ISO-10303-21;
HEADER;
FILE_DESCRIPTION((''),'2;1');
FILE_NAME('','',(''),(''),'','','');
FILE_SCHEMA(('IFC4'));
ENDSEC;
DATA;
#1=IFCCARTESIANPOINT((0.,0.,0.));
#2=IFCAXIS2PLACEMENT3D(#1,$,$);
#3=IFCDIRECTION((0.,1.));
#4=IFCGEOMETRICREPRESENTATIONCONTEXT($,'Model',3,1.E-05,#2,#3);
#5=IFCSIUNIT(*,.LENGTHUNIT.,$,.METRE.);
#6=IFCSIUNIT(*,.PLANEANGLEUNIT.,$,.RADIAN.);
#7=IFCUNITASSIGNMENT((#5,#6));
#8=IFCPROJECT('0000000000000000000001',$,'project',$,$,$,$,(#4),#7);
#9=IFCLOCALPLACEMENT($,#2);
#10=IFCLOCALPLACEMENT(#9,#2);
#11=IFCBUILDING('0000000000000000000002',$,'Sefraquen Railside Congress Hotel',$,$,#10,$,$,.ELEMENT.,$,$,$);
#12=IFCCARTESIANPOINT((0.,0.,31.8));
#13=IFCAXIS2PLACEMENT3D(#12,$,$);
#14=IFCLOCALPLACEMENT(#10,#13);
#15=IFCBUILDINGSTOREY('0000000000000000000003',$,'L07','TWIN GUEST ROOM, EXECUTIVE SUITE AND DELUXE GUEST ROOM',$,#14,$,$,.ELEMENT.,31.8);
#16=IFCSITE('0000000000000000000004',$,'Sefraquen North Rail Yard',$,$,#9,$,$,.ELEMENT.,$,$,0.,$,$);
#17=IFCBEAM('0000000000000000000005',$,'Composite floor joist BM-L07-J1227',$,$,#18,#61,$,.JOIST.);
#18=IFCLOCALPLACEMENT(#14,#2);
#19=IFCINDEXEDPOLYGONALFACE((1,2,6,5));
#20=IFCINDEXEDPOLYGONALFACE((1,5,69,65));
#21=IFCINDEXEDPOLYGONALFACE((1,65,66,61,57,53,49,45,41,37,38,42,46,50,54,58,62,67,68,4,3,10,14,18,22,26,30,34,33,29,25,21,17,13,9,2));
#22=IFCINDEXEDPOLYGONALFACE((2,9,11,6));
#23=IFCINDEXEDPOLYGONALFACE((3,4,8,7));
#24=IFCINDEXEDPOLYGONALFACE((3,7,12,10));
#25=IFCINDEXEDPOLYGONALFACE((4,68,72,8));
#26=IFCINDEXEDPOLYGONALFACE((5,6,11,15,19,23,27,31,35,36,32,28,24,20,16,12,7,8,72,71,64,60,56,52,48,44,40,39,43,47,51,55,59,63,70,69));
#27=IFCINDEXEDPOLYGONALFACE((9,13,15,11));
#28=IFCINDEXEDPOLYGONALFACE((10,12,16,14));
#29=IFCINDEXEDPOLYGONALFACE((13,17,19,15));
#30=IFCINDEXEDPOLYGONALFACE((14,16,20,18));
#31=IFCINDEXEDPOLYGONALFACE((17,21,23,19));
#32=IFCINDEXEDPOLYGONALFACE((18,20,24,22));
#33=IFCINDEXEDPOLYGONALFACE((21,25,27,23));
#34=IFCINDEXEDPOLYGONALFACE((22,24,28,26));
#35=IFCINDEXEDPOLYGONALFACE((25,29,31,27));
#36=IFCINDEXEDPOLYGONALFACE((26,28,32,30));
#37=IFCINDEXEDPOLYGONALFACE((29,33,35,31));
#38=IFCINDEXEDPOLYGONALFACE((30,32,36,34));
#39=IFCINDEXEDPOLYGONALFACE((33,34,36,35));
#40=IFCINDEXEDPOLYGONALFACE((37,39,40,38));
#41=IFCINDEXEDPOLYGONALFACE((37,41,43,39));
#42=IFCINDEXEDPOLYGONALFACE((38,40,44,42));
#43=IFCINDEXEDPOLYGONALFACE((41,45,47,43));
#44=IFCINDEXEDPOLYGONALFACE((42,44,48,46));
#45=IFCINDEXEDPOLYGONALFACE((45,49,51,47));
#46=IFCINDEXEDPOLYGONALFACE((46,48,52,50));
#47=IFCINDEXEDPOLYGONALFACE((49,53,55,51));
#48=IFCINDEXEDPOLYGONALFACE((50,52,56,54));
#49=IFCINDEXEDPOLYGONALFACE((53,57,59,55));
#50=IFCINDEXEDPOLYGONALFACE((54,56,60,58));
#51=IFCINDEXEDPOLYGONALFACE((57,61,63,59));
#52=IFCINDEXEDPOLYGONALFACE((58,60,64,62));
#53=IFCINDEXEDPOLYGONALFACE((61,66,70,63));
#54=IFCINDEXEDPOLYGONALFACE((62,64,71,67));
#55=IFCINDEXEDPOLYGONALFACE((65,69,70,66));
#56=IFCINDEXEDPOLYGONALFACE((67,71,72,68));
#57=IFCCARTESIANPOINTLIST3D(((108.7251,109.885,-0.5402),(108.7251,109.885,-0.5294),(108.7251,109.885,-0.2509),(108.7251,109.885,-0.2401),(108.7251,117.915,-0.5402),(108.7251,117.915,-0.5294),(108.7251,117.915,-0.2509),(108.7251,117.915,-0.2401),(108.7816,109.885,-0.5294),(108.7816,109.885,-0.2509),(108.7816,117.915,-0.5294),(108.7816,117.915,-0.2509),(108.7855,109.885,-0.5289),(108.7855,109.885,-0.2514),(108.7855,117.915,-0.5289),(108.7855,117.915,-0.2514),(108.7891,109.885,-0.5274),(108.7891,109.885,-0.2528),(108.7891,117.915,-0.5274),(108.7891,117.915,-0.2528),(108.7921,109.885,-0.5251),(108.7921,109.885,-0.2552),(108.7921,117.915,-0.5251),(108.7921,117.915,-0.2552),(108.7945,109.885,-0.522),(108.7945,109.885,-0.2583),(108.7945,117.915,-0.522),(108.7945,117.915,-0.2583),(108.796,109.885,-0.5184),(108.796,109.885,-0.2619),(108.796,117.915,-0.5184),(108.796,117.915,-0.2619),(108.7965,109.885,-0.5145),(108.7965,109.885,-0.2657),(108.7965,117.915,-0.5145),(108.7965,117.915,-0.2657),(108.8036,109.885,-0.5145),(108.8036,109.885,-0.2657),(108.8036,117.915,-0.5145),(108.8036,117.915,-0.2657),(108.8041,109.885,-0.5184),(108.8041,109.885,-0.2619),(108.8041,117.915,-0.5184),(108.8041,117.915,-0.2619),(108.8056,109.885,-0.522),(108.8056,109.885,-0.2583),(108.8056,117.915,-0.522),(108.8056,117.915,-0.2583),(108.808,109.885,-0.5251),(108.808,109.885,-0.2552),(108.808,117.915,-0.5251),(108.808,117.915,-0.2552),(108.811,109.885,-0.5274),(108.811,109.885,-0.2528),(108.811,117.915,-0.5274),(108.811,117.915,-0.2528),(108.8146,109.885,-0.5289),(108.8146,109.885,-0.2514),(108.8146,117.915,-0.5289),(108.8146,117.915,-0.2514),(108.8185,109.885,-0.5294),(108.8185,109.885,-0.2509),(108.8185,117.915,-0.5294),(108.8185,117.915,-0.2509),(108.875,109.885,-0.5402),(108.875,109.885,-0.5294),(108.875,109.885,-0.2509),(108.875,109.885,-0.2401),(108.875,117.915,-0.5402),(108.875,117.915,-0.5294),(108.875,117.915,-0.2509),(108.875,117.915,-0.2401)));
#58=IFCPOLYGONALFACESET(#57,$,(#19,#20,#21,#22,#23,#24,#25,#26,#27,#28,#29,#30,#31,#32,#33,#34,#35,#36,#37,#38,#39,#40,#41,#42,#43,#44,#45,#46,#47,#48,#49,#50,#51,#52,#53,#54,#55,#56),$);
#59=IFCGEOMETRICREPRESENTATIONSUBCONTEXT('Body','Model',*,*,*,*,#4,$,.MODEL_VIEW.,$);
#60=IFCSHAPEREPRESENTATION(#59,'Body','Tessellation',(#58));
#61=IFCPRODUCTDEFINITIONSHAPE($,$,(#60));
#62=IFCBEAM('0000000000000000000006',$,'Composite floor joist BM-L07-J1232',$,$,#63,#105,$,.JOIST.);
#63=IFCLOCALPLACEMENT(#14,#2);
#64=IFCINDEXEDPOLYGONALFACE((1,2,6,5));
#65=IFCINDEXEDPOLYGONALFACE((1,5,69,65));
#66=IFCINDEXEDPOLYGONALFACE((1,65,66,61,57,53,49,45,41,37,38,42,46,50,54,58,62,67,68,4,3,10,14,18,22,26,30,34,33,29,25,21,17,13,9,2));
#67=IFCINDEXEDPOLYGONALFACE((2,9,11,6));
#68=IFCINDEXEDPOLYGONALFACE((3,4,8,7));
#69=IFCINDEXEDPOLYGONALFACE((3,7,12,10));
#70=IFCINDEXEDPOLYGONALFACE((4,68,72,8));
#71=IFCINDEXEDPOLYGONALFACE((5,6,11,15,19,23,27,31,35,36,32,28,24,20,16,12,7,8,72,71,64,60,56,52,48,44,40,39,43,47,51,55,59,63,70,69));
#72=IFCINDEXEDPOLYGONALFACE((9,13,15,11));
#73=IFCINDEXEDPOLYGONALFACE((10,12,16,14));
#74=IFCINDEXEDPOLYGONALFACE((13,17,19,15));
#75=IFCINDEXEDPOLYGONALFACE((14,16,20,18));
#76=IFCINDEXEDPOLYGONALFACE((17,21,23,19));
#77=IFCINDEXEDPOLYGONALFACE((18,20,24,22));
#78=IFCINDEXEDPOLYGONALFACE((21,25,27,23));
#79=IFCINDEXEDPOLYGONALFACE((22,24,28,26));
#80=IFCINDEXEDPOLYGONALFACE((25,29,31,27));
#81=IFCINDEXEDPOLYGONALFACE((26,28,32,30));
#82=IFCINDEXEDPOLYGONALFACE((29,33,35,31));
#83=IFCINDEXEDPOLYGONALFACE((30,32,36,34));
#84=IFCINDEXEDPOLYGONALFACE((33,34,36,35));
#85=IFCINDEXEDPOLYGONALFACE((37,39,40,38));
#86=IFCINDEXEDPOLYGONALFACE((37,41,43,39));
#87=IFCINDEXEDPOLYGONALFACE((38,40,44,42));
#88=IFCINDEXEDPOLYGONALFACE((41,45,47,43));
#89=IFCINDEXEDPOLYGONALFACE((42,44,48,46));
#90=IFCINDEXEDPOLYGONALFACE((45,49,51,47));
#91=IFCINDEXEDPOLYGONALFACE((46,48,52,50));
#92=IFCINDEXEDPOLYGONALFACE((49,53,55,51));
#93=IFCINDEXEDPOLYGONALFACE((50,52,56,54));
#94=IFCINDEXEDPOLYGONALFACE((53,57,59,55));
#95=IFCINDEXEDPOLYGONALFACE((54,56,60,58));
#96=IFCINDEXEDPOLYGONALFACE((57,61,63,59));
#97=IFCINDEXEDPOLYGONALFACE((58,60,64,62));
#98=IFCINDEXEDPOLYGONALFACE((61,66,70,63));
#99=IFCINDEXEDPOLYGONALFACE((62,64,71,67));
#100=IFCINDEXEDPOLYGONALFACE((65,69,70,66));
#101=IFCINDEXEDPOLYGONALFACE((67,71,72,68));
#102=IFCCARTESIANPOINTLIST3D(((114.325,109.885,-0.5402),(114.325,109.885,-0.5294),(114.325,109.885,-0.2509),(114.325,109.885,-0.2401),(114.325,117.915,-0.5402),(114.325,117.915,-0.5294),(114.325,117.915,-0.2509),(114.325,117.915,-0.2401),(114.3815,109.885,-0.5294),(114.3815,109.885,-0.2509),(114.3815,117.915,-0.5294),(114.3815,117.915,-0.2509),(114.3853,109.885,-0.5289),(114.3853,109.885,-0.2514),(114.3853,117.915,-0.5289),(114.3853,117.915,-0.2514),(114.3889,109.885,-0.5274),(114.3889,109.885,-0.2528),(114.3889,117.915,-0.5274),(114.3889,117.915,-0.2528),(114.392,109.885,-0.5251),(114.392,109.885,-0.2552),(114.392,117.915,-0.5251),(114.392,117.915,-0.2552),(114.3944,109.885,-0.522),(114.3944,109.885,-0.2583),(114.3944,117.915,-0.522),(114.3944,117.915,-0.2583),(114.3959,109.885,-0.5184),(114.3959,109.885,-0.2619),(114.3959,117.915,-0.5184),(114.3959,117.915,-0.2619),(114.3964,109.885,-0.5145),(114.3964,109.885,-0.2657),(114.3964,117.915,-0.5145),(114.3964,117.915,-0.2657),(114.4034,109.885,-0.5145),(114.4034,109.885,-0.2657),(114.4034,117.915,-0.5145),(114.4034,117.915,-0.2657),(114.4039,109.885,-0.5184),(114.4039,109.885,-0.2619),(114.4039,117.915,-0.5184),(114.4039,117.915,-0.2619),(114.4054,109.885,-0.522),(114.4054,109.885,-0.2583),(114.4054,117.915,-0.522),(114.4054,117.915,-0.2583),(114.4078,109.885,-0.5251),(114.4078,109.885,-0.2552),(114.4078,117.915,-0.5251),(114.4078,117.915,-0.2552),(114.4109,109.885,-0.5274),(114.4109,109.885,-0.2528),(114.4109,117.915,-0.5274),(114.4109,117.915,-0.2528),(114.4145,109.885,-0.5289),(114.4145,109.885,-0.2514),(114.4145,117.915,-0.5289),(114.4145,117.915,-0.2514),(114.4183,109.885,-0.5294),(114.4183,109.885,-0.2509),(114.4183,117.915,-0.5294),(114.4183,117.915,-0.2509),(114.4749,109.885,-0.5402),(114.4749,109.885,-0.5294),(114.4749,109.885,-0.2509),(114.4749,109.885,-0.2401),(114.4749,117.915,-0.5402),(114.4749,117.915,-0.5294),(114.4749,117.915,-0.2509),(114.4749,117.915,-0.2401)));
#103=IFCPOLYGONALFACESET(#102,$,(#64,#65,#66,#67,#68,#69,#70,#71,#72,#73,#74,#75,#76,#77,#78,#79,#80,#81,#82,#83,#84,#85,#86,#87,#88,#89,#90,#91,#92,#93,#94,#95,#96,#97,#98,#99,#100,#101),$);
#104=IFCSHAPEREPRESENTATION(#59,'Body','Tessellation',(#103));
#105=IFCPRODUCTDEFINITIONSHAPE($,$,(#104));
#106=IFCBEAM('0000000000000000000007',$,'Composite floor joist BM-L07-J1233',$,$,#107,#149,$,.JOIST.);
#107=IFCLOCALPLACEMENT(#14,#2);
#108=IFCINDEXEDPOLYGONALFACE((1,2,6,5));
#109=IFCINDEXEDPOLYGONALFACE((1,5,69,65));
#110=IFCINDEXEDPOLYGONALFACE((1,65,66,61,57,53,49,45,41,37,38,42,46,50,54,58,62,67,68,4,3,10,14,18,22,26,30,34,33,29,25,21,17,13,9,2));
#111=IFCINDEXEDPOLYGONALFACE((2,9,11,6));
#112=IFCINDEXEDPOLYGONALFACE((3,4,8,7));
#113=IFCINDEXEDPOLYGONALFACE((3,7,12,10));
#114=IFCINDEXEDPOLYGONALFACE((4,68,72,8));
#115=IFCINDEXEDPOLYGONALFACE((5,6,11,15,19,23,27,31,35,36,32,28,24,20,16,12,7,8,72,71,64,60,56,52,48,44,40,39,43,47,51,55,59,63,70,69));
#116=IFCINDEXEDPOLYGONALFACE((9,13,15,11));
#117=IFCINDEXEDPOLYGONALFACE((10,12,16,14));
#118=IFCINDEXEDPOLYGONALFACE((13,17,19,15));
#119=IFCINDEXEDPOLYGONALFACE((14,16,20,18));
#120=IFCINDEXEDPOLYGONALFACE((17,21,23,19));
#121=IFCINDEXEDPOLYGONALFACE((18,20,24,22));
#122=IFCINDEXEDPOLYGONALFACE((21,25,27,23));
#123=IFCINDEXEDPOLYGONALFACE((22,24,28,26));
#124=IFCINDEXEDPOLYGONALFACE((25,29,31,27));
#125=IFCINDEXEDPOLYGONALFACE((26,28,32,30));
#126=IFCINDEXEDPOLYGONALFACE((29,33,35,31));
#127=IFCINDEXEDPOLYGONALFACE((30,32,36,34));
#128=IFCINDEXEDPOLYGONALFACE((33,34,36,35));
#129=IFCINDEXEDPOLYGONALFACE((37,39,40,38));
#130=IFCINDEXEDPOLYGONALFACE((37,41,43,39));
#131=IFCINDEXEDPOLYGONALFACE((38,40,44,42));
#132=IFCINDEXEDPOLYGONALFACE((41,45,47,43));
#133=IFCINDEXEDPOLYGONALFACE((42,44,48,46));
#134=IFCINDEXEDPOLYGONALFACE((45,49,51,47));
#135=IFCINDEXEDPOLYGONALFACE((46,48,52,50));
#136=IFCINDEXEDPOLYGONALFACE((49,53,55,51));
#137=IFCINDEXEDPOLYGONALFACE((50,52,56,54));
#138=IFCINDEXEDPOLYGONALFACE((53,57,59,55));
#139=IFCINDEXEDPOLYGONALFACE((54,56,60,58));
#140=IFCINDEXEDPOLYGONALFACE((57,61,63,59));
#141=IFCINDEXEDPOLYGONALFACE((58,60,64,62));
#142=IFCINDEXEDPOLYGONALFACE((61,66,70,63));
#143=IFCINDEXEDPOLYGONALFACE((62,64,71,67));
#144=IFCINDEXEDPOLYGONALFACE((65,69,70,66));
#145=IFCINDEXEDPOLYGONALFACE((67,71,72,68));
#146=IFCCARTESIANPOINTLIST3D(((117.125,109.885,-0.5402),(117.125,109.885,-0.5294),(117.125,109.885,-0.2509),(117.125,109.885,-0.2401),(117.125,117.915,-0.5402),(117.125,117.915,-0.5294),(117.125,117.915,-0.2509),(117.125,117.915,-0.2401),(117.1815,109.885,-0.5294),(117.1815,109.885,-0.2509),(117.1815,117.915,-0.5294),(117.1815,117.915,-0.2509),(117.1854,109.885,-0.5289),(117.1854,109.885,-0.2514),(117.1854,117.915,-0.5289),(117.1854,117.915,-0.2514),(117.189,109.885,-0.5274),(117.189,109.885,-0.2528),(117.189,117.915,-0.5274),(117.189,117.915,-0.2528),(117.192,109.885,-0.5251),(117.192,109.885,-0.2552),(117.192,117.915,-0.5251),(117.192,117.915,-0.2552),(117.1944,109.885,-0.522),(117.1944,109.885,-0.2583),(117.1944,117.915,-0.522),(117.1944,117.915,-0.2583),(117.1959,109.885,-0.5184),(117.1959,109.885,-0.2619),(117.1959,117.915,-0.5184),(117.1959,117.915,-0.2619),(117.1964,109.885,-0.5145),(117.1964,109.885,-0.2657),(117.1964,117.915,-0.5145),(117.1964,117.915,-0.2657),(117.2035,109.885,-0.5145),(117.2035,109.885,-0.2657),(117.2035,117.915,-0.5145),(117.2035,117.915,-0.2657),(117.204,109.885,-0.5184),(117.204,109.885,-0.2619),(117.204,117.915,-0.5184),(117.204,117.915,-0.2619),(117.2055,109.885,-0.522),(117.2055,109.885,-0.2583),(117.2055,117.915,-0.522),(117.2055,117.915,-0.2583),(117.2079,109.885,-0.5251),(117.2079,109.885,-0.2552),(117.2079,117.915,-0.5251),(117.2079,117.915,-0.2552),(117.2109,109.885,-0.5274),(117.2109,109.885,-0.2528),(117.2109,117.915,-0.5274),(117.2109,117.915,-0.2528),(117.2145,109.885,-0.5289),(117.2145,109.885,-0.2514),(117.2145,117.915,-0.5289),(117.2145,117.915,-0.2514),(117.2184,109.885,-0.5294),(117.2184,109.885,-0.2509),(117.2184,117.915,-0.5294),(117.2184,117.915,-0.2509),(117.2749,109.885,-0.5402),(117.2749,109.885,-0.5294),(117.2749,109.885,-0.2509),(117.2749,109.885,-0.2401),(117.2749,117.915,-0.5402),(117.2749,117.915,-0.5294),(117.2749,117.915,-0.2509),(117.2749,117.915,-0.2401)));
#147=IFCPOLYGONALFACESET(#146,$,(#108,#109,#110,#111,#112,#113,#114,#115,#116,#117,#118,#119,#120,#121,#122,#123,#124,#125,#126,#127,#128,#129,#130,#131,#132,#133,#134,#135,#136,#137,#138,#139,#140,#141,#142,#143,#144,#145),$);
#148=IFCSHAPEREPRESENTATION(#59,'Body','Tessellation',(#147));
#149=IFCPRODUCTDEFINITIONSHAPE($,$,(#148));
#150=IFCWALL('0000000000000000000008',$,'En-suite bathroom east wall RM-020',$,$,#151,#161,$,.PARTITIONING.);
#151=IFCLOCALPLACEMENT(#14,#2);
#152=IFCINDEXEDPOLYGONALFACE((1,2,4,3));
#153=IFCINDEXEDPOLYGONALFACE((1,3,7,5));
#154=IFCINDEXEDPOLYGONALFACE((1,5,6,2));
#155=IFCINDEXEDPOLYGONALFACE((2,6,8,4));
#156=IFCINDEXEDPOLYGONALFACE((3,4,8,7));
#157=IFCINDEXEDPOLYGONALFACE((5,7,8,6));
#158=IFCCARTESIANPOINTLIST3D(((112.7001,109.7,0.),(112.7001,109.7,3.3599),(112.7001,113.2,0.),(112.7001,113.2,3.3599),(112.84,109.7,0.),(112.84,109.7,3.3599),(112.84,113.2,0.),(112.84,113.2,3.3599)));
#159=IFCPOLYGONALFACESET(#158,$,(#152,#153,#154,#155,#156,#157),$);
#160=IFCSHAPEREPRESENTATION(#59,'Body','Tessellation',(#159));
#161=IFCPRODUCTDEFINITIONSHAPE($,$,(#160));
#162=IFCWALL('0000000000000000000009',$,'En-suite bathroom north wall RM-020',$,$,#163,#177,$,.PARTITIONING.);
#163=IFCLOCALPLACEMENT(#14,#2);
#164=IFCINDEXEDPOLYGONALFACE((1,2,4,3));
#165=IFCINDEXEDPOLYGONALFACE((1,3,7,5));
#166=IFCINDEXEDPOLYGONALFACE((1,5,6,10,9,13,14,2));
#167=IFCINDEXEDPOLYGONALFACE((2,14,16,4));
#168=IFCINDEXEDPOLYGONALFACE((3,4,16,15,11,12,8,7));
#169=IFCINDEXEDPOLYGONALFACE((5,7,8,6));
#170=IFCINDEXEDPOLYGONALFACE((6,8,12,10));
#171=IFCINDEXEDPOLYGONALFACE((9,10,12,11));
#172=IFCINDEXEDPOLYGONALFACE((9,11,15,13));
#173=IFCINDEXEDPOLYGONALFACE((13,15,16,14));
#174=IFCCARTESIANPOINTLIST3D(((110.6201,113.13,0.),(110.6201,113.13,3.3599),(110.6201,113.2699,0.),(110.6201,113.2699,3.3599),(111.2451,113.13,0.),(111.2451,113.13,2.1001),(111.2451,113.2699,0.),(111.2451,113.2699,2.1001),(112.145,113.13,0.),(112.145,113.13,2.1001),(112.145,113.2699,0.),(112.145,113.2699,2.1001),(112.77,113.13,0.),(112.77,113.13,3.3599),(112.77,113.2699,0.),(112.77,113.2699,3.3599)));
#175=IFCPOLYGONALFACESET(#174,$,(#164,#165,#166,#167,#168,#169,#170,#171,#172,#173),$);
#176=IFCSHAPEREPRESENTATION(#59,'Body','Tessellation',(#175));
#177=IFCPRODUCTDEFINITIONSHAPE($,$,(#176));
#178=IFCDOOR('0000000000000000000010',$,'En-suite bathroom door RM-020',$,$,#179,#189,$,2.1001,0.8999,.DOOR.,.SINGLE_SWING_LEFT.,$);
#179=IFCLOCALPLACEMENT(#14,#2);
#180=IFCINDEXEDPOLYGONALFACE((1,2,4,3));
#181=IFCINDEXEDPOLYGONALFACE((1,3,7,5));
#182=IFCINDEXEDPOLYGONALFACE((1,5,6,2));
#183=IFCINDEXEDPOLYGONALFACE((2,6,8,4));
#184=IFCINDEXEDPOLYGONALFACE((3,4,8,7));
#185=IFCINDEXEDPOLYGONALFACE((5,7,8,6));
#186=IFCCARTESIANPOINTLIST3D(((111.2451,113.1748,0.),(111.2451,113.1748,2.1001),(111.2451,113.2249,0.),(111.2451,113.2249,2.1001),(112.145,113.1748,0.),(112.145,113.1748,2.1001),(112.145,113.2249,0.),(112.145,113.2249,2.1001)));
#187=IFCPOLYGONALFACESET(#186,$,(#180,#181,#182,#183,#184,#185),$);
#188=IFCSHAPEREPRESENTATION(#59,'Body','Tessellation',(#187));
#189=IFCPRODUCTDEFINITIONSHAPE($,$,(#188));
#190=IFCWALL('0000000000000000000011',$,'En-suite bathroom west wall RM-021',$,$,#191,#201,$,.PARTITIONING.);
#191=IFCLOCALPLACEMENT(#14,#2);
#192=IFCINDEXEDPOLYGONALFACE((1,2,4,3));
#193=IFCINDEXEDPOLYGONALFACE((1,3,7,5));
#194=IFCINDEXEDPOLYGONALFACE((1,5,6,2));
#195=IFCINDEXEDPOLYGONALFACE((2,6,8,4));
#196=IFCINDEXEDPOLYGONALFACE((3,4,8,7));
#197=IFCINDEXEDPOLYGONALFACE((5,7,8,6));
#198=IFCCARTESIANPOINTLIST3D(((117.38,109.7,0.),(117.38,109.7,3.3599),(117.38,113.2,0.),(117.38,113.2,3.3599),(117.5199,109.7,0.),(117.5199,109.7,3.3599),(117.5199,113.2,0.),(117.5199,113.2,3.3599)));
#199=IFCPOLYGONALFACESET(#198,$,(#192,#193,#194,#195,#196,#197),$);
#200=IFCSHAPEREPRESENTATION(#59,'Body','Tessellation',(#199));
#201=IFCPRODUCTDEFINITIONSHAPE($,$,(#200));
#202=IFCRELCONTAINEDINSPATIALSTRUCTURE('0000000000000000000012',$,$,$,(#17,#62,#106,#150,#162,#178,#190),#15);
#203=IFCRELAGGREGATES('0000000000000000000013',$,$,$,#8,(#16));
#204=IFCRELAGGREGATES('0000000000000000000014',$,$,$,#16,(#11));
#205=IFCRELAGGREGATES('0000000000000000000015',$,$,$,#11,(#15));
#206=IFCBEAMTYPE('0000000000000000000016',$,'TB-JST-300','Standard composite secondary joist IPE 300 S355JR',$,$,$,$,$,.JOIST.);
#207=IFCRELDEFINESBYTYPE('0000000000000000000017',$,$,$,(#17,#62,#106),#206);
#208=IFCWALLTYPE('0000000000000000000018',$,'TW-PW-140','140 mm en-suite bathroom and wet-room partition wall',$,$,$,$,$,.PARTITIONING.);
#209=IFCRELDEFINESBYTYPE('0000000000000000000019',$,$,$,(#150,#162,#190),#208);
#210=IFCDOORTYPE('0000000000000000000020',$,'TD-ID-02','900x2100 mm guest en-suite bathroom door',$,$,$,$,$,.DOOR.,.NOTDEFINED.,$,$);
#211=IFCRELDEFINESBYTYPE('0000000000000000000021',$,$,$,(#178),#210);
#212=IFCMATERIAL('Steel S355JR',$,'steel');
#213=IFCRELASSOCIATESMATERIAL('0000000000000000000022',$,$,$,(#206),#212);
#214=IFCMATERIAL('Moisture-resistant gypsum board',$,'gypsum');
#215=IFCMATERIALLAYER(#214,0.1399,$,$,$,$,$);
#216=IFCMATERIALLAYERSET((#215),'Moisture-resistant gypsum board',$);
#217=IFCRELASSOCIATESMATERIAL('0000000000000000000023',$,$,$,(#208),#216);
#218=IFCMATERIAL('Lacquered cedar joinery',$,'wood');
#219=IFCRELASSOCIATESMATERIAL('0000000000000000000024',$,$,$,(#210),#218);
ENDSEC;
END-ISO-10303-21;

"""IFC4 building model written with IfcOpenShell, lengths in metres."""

from ifc_helpers import new_model, si_unit, direction, frame, frame_2d, origin, origin_2d, place, context, subcontext, project, spatial, rectangle, i_section, extrude, material, layer, layer_set, material_profile, profile_set, type_object, element, fill, save


model = new_model("IFC4")

# Units and contexts
model_context = context("Model", 3, precision=1e-05, world=origin(), true_north=direction((0.0, 1.0)))
body_context = subcontext(model_context, "Body", "Model", "MODEL_VIEW")
ifc_project = project(units=[si_unit("LENGTHUNIT", "METRE"), si_unit("PLANEANGLEUNIT", "RADIAN")], contexts=[model_context])

# Site, building, storey
site_placement = place(None, origin())
site = spatial("IfcSite", under=ifc_project, at=site_placement, Name="Sefraquen North Rail Yard", CompositionType="ELEMENT", RefElevation=0.0)
building_placement = place(site_placement, origin())
building = spatial("IfcBuilding", under=site, at=building_placement, Name="Sefraquen Railside Congress Hotel", CompositionType="ELEMENT")
storey_placement = place(building_placement, frame((0.0, 0.0, 31.8)))
storey = spatial("IfcBuildingStorey", under=building, at=storey_placement, Name="L07", Description="TWIN GUEST ROOM, EXECUTIVE SUITE AND DELUXE GUEST ROOM", CompositionType="ELEMENT", Elevation=31.8)

# Shared definitions
ifc_material_1 = material(Name="Steel S355JR", Category="steel")

# Beams
ifc_material_profile_1 = material_profile(ifc_material_1, i_section(OverallWidth=0.1499, OverallDepth=0.3, WebThickness=0.0071, FlangeThickness=0.0107, FilletRadius=0.0149, at=origin_2d()), Name="IPE 300")
ifc_profile_set_1 = profile_set([ifc_material_profile_1], Name="Steel S355JR")
beam_type_1 = type_object("IfcBeamType", Name="TB-JST-300", Description="Standard composite secondary joist IPE 300 S355JR", PredefinedType="JOIST", material=ifc_profile_set_1)
for number, where, z_axis, x_axis, name in (
    (1, (108.8, 109.885, -0.3901), (0.0, 1.0, 0.0), (-1.0, 0.0, 0.0), "Composite floor joist BM-L07-J1227"),
    (2, (114.3999, 109.885, -0.3901), (0.0, 1.0, 0.0), (-1.0, 0.0, 0.0), "Composite floor joist BM-L07-J1232"),
    (3, (117.2, 109.885, -0.3901), (0.0, 1.0, 0.0), (-1.0, 0.0, 0.0), "Composite floor joist BM-L07-J1233"),
):
    element("IfcBeam", number, at=place(storey_placement, frame(where, z_axis=z_axis, x_axis=x_axis)), inside=storey, type_object=beam_type_1, Name=name, PredefinedType="JOIST", context=body_context, shape_type="SweptSolid", body=[
        extrude(i_section(OverallWidth=0.1499, OverallDepth=0.3, WebThickness=0.0071, FlangeThickness=0.0107, FilletRadius=0.0149, at=origin_2d()), origin(), (0.0, 0.0, 1.0), 8.03),
    ])

# Wall
ifc_material_2 = material(Name="Moisture-resistant gypsum board", Category="gypsum")
ifc_layer_1 = layer(ifc_material_2, 0.1399)
ifc_layer_set_1 = layer_set([ifc_layer_1], Name="Moisture-resistant gypsum board")
wall_type_1 = type_object("IfcWallType", Name="TW-PW-140", Description="140 mm en-suite bathroom and wet-room partition wall", PredefinedType="PARTITIONING", material=ifc_layer_set_1)
wall_1_placement = place(storey_placement, frame((112.77, 109.7, 0.0), z_axis=(0.0, 0.0, 1.0), x_axis=(0.0, 1.0, 0.0)))
element("IfcWall", 4, at=wall_1_placement, inside=storey, type_object=wall_type_1, Name="En-suite bathroom east wall RM-020", PredefinedType="PARTITIONING", context=body_context, shape_type="SweptSolid", body=[
    extrude(rectangle(XDim=3.5, YDim=0.1399, at=frame_2d((1.75, 0.0))), origin(), (0.0, 0.0, 1.0), 3.3599),
])

# Wall, opening, door
wall_2_placement = place(storey_placement, frame((110.6201, 113.2, 0.0), z_axis=(0.0, 0.0, 1.0), x_axis=(1.0, 0.0, 0.0)))
wall_2 = element("IfcWall", 5, at=wall_2_placement, inside=storey, type_object=wall_type_1, Name="En-suite bathroom north wall RM-020", PredefinedType="PARTITIONING", context=body_context, shape_type="SweptSolid", body=[
    extrude(rectangle(XDim=2.1499, YDim=0.1399, at=frame_2d((1.075, 0.0))), origin(), (0.0, 0.0, 1.0), 3.3599),
])
opening_1_placement = place(wall_2_placement, frame((0.625, 0.0, 0.0)))
opening_1 = element("IfcOpeningElement", 6, at=opening_1_placement, cuts=wall_2, PredefinedType="OPENING", context=body_context, shape_type="SweptSolid", body=[
    extrude(rectangle(XDim=0.8999, YDim=2.1001, at=frame_2d((0.45, 1.05))), frame((0.0, 0.0798, 0.0), z_axis=(0.0, -1.0, 0.0), x_axis=(1.0, 0.0, 0.0)), (0.0, 0.0, 1.0), 0.1599),
])
ifc_material_3 = material(Name="Lacquered cedar joinery", Category="wood")
door_type = type_object("IfcDoorType", Name="TD-ID-02", Description="900x2100 mm guest en-suite bathroom door", OperationType="NOTDEFINED", PredefinedType="DOOR", material=ifc_material_3)
door_1_placement = place(opening_1_placement, origin())
door_1 = element("IfcDoor", 7, at=door_1_placement, inside=storey, type_object=door_type, Name="En-suite bathroom door RM-020", OperationType="SINGLE_SWING_LEFT", OverallHeight=2.1001, OverallWidth=0.8999, PredefinedType="DOOR", context=body_context, shape_type="SweptSolid", body=[
    extrude(rectangle(XDim=0.8999, YDim=2.1001, at=frame_2d((0.45, 1.05))), frame((0.0, 0.0249, 0.0), z_axis=(0.0, -1.0, 0.0), x_axis=(1.0, 0.0, 0.0)), (0.0, 0.0, 1.0), 0.05),
])
fill(opening_1, door_1)

# Wall
wall_3_placement = place(storey_placement, frame((117.45, 109.7, 0.0), z_axis=(0.0, 0.0, 1.0), x_axis=(0.0, 1.0, 0.0)))
element("IfcWall", 8, at=wall_3_placement, inside=storey, type_object=wall_type_1, Name="En-suite bathroom west wall RM-021", PredefinedType="PARTITIONING", context=body_context, shape_type="SweptSolid", body=[
    extrude(rectangle(XDim=3.5, YDim=0.1399, at=frame_2d((1.75, 0.0))), origin(), (0.0, 0.0, 1.0), 3.3599),
])

save(model, "model.ifc")
